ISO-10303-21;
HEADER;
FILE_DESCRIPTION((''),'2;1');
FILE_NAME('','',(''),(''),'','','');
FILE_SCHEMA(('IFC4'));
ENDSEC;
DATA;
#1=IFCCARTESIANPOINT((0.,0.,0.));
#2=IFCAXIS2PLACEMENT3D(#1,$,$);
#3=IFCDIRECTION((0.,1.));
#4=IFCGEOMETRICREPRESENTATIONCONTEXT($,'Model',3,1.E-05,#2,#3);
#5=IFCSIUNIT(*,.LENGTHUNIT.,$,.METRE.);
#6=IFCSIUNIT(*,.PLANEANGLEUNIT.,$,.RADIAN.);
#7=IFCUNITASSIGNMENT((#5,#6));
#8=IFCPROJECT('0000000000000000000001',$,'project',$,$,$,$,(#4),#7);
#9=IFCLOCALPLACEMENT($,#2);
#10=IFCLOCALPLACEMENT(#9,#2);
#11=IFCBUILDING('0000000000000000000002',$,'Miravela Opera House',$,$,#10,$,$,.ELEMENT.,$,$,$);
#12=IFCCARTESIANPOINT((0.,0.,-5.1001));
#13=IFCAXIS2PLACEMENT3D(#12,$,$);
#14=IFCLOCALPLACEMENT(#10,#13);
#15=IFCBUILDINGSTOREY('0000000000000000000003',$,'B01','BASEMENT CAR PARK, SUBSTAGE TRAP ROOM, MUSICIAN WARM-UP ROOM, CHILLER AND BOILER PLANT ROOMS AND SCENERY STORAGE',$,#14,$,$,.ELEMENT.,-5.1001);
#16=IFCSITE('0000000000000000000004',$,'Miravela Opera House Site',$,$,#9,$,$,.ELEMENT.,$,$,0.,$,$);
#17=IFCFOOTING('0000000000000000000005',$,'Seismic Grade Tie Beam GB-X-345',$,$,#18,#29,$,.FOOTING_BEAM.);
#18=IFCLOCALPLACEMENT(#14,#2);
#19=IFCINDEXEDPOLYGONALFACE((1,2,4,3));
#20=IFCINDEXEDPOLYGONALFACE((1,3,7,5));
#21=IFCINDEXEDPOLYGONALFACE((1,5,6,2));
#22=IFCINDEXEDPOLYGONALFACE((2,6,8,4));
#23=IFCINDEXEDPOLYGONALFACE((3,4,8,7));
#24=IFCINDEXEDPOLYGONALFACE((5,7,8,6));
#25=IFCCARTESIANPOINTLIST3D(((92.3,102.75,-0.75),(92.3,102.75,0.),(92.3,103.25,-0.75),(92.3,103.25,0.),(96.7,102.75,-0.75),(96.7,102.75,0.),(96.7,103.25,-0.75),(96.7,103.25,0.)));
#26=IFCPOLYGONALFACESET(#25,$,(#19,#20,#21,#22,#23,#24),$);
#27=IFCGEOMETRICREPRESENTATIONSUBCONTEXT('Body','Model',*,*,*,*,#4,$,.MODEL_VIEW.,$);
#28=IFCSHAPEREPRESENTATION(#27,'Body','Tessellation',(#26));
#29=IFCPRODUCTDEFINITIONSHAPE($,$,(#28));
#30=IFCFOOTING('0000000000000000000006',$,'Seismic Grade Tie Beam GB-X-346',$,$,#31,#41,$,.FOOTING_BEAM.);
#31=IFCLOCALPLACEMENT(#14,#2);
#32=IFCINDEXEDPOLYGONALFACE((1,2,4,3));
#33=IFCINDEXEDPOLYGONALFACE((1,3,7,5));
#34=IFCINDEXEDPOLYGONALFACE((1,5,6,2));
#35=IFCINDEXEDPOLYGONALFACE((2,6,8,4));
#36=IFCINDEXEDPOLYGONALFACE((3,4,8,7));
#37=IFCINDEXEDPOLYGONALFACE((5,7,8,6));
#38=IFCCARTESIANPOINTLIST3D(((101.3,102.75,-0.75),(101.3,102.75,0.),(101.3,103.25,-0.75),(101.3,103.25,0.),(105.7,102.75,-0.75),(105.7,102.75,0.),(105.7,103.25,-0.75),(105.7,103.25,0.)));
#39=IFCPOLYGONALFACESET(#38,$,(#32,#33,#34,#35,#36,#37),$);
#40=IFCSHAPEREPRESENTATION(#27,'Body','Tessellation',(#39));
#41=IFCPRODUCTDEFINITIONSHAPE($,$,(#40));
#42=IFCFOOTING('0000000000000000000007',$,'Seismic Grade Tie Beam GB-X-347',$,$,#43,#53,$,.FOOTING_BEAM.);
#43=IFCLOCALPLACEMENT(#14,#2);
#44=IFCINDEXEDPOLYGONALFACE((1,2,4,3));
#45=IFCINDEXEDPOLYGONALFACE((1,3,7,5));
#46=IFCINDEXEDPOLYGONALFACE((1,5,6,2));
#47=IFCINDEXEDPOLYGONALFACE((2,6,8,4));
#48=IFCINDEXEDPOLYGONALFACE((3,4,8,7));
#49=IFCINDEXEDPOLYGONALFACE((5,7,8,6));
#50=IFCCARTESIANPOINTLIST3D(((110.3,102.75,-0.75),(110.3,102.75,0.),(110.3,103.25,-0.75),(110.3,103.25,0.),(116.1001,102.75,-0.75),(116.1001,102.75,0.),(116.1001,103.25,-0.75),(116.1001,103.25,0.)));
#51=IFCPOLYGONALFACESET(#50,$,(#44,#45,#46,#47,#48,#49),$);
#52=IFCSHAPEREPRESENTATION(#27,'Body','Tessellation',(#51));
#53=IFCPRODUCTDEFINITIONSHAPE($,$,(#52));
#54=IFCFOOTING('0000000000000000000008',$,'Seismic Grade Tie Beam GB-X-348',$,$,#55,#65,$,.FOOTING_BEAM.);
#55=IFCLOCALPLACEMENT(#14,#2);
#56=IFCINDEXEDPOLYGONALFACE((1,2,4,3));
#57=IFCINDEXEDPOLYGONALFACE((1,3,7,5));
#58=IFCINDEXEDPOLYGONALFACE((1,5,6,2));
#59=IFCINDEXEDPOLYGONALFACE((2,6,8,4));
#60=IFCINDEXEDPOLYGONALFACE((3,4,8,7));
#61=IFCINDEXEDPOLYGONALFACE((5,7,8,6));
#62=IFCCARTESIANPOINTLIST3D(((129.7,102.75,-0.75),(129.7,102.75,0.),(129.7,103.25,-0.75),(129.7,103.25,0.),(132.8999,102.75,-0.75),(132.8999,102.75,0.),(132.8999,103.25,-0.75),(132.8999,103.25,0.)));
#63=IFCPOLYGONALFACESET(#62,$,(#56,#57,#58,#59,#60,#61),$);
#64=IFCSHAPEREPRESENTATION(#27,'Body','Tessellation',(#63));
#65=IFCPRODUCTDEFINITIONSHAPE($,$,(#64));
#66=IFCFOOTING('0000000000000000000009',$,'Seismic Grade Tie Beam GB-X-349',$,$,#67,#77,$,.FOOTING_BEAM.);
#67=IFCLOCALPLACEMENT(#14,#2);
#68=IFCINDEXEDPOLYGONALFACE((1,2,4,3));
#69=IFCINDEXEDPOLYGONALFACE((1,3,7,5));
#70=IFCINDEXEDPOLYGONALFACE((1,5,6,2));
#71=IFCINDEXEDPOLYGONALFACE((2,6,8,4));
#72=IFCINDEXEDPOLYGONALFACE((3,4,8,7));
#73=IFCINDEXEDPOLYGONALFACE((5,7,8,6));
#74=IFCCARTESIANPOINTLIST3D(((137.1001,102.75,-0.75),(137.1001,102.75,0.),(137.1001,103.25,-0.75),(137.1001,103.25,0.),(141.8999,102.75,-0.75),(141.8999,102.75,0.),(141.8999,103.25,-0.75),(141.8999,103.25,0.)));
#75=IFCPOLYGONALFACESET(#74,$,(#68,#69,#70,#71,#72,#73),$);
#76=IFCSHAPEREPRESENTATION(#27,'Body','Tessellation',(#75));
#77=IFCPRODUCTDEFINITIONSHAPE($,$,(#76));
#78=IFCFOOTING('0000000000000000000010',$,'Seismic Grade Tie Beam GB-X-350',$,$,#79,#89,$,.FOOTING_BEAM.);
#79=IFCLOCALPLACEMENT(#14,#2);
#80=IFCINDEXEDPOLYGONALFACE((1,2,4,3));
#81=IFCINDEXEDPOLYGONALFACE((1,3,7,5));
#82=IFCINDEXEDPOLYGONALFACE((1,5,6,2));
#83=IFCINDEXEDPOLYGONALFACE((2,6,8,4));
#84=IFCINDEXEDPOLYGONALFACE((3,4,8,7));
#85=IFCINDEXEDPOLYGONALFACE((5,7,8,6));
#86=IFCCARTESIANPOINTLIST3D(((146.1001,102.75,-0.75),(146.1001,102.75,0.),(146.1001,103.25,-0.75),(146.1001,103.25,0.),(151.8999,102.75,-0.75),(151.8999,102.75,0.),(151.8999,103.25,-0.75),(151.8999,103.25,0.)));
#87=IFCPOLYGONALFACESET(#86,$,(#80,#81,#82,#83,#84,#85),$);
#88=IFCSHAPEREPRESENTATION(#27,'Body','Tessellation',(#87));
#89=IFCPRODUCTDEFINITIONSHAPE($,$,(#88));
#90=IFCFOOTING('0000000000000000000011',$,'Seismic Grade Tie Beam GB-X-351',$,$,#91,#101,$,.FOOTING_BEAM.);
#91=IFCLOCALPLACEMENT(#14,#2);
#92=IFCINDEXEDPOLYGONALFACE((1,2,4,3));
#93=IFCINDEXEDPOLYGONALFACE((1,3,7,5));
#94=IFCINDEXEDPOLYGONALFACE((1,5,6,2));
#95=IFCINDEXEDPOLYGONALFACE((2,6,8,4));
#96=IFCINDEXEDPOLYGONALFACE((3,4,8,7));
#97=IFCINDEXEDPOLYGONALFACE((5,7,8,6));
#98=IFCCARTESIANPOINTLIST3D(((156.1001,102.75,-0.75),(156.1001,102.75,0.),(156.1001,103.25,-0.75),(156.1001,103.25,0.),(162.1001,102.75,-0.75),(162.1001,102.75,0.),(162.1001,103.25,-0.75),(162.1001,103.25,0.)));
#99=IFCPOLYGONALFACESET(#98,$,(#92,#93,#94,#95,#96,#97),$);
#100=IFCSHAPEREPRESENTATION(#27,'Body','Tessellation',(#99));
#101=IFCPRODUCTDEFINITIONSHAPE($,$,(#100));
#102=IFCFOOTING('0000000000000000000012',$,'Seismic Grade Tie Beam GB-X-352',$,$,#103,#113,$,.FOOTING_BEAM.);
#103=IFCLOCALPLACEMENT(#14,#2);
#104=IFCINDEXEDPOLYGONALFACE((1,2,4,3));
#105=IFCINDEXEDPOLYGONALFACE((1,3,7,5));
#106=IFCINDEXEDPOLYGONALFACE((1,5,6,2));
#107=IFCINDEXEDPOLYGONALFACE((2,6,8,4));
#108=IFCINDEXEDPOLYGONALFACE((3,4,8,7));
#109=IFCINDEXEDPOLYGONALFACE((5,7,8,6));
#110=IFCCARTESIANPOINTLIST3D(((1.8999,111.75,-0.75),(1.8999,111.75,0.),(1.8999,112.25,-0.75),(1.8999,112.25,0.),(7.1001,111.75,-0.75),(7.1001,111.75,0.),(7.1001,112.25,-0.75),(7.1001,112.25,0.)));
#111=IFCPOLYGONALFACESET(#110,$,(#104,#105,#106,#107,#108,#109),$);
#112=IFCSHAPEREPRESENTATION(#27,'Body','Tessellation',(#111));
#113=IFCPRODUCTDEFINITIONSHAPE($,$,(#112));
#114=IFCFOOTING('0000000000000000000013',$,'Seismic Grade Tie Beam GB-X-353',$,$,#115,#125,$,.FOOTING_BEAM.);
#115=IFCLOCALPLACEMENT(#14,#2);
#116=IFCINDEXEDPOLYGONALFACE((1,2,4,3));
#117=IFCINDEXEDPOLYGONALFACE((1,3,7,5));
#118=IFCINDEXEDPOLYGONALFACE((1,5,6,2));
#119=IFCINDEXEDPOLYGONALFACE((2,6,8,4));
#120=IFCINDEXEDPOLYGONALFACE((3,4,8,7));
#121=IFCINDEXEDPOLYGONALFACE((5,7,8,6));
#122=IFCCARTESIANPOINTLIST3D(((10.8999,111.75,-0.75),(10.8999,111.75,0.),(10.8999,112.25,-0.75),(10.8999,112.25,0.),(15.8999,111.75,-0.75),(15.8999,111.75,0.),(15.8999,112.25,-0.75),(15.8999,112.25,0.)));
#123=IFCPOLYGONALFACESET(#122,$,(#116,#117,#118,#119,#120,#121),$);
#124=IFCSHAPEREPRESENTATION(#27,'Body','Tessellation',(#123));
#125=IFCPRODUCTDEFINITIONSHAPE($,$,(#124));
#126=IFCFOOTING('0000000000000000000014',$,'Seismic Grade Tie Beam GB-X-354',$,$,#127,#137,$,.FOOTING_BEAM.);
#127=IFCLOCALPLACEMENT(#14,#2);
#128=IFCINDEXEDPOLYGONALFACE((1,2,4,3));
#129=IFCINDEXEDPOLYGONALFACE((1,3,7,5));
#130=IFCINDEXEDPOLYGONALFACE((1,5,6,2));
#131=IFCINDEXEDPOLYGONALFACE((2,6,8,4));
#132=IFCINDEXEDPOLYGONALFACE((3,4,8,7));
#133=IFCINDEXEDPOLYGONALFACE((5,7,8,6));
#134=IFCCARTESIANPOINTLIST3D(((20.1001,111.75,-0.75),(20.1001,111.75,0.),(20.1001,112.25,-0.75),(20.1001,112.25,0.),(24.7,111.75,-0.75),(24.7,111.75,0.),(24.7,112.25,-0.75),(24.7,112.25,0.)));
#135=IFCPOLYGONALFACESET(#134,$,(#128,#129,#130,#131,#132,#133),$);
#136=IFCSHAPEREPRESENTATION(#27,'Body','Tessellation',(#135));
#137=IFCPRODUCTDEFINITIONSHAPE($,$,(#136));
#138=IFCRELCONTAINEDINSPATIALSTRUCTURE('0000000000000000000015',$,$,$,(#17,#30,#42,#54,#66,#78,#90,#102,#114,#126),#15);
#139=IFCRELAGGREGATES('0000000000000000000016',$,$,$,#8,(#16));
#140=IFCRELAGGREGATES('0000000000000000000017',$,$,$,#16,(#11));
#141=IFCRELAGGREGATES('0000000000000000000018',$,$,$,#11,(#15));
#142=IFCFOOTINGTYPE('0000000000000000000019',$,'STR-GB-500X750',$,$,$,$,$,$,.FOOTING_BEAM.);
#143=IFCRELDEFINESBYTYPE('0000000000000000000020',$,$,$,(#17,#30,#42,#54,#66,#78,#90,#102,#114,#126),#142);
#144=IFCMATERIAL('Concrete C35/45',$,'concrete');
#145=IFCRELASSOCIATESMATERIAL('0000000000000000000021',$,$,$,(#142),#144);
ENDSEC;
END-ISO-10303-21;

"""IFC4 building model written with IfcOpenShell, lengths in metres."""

from ifc_helpers import new_model, si_unit, direction, frame, origin, place, context, subcontext, project, spatial, polyline, outline, extrude, material, type_object, element, save


model = new_model("IFC4")

# Units and contexts
model_context = context("Model", 3, precision=1e-05, world=origin(), true_north=direction((0.0, 1.0)))
body_context = subcontext(model_context, "Body", "Model", "MODEL_VIEW")
ifc_project = project(units=[si_unit("LENGTHUNIT", "METRE"), si_unit("PLANEANGLEUNIT", "RADIAN")], contexts=[model_context])

# Site, building, storey
site_placement = place(None, origin())
site = spatial("IfcSite", under=ifc_project, at=site_placement, Name="Miravela Opera House Site", CompositionType="ELEMENT", RefElevation=0.0)
building_placement = place(site_placement, origin())
building = spatial("IfcBuilding", under=site, at=building_placement, Name="Miravela Opera House", CompositionType="ELEMENT")
storey_placement = place(building_placement, frame((0.0, 0.0, -5.1001)))
storey = spatial("IfcBuildingStorey", under=building, at=storey_placement, Name="B01", Description="BASEMENT CAR PARK, SUBSTAGE TRAP ROOM, MUSICIAN WARM-UP ROOM, CHILLER AND BOILER PLANT ROOMS AND SCENERY STORAGE", CompositionType="ELEMENT", Elevation=-5.1001)

# Footings
ifc_material = material(Name="Concrete C35/45", Category="concrete")
footing_type = type_object("IfcFootingType", Name="STR-GB-500X750", PredefinedType="FOOTING_BEAM", material=ifc_material)
footing_1_placement = place(storey_placement, frame((0.0, 0.0, -0.75)))
element("IfcFooting", 1, at=footing_1_placement, inside=storey, type_object=footing_type, Name="Seismic Grade Tie Beam GB-X-345", PredefinedType="FOOTING_BEAM", context=body_context, shape_type="SweptSolid", body=[
    extrude(outline(polyline([(92.3, 102.75), (96.7, 102.75), (96.7, 103.25), (92.3, 103.25), (92.3, 102.75)])), origin(), (0.0, 0.0, 1.0), 0.75),
])
footing_2_placement = place(storey_placement, frame((0.0, 0.0, -0.75)))
element("IfcFooting", 2, at=footing_2_placement, inside=storey, type_object=footing_type, Name="Seismic Grade Tie Beam GB-X-346", PredefinedType="FOOTING_BEAM", context=body_context, shape_type="SweptSolid", body=[
    extrude(outline(polyline([(101.3, 102.75), (105.7, 102.75), (105.7, 103.25), (101.3, 103.25), (101.3, 102.75)])), origin(), (0.0, 0.0, 1.0), 0.75),
])
footing_3_placement = place(storey_placement, frame((0.0, 0.0, -0.75)))
element("IfcFooting", 3, at=footing_3_placement, inside=storey, type_object=footing_type, Name="Seismic Grade Tie Beam GB-X-347", PredefinedType="FOOTING_BEAM", context=body_context, shape_type="SweptSolid", body=[
    extrude(outline(polyline([(110.3, 102.75), (116.1001, 102.75), (116.1001, 103.25), (110.3, 103.25), (110.3, 102.75)])), origin(), (0.0, 0.0, 1.0), 0.75),
])
footing_4_placement = place(storey_placement, frame((0.0, 0.0, -0.75)))
element("IfcFooting", 4, at=footing_4_placement, inside=storey, type_object=footing_type, Name="Seismic Grade Tie Beam GB-X-348", PredefinedType="FOOTING_BEAM", context=body_context, shape_type="SweptSolid", body=[
    extrude(outline(polyline([(129.7, 102.75), (132.8999, 102.75), (132.8999, 103.25), (129.7, 103.25), (129.7, 102.75)])), origin(), (0.0, 0.0, 1.0), 0.75),
])
footing_5_placement = place(storey_placement, frame((0.0, 0.0, -0.75)))
element("IfcFooting", 5, at=footing_5_placement, inside=storey, type_object=footing_type, Name="Seismic Grade Tie Beam GB-X-349", PredefinedType="FOOTING_BEAM", context=body_context, shape_type="SweptSolid", body=[
    extrude(outline(polyline([(137.1001, 102.75), (141.8999, 102.75), (141.8999, 103.25), (137.1001, 103.25), (137.1001, 102.75)])), origin(), (0.0, 0.0, 1.0), 0.75),
])
footing_6_placement = place(storey_placement, frame((0.0, 0.0, -0.75)))
element("IfcFooting", 6, at=footing_6_placement, inside=storey, type_object=footing_type, Name="Seismic Grade Tie Beam GB-X-350", PredefinedType="FOOTING_BEAM", context=body_context, shape_type="SweptSolid", body=[
    extrude(outline(polyline([(146.1001, 102.75), (151.8999, 102.75), (151.8999, 103.25), (146.1001, 103.25), (146.1001, 102.75)])), origin(), (0.0, 0.0, 1.0), 0.75),
])
footing_7_placement = place(storey_placement, frame((0.0, 0.0, -0.75)))
element("IfcFooting", 7, at=footing_7_placement, inside=storey, type_object=footing_type, Name="Seismic Grade Tie Beam GB-X-351", PredefinedType="FOOTING_BEAM", context=body_context, shape_type="SweptSolid", body=[
    extrude(outline(polyline([(156.1001, 102.75), (162.1001, 102.75), (162.1001, 103.25), (156.1001, 103.25), (156.1001, 102.75)])), origin(), (0.0, 0.0, 1.0), 0.75),
])
footing_8_placement = place(storey_placement, frame((0.0, 0.0, -0.75)))
element("IfcFooting", 8, at=footing_8_placement, inside=storey, type_object=footing_type, Name="Seismic Grade Tie Beam GB-X-352", PredefinedType="FOOTING_BEAM", context=body_context, shape_type="SweptSolid", body=[
    extrude(outline(polyline([(1.8999, 111.75), (7.1001, 111.75), (7.1001, 112.25), (1.8999, 112.25), (1.8999, 111.75)])), origin(), (0.0, 0.0, 1.0), 0.75),
])
footing_9_placement = place(storey_placement, frame((0.0, 0.0, -0.75)))
element("IfcFooting", 9, at=footing_9_placement, inside=storey, type_object=footing_type, Name="Seismic Grade Tie Beam GB-X-353", PredefinedType="FOOTING_BEAM", context=body_context, shape_type="SweptSolid", body=[
    extrude(outline(polyline([(10.8999, 111.75), (15.8999, 111.75), (15.8999, 112.25), (10.8999, 112.25), (10.8999, 111.75)])), origin(), (0.0, 0.0, 1.0), 0.75),
])
footing_10_placement = place(storey_placement, frame((0.0, 0.0, -0.75)))
element("IfcFooting", 10, at=footing_10_placement, inside=storey, type_object=footing_type, Name="Seismic Grade Tie Beam GB-X-354", PredefinedType="FOOTING_BEAM", context=body_context, shape_type="SweptSolid", body=[
    extrude(outline(polyline([(20.1001, 111.75), (24.7, 111.75), (24.7, 112.25), (20.1001, 112.25), (20.1001, 111.75)])), origin(), (0.0, 0.0, 1.0), 0.75),
])

save(model, "model.ifc")
